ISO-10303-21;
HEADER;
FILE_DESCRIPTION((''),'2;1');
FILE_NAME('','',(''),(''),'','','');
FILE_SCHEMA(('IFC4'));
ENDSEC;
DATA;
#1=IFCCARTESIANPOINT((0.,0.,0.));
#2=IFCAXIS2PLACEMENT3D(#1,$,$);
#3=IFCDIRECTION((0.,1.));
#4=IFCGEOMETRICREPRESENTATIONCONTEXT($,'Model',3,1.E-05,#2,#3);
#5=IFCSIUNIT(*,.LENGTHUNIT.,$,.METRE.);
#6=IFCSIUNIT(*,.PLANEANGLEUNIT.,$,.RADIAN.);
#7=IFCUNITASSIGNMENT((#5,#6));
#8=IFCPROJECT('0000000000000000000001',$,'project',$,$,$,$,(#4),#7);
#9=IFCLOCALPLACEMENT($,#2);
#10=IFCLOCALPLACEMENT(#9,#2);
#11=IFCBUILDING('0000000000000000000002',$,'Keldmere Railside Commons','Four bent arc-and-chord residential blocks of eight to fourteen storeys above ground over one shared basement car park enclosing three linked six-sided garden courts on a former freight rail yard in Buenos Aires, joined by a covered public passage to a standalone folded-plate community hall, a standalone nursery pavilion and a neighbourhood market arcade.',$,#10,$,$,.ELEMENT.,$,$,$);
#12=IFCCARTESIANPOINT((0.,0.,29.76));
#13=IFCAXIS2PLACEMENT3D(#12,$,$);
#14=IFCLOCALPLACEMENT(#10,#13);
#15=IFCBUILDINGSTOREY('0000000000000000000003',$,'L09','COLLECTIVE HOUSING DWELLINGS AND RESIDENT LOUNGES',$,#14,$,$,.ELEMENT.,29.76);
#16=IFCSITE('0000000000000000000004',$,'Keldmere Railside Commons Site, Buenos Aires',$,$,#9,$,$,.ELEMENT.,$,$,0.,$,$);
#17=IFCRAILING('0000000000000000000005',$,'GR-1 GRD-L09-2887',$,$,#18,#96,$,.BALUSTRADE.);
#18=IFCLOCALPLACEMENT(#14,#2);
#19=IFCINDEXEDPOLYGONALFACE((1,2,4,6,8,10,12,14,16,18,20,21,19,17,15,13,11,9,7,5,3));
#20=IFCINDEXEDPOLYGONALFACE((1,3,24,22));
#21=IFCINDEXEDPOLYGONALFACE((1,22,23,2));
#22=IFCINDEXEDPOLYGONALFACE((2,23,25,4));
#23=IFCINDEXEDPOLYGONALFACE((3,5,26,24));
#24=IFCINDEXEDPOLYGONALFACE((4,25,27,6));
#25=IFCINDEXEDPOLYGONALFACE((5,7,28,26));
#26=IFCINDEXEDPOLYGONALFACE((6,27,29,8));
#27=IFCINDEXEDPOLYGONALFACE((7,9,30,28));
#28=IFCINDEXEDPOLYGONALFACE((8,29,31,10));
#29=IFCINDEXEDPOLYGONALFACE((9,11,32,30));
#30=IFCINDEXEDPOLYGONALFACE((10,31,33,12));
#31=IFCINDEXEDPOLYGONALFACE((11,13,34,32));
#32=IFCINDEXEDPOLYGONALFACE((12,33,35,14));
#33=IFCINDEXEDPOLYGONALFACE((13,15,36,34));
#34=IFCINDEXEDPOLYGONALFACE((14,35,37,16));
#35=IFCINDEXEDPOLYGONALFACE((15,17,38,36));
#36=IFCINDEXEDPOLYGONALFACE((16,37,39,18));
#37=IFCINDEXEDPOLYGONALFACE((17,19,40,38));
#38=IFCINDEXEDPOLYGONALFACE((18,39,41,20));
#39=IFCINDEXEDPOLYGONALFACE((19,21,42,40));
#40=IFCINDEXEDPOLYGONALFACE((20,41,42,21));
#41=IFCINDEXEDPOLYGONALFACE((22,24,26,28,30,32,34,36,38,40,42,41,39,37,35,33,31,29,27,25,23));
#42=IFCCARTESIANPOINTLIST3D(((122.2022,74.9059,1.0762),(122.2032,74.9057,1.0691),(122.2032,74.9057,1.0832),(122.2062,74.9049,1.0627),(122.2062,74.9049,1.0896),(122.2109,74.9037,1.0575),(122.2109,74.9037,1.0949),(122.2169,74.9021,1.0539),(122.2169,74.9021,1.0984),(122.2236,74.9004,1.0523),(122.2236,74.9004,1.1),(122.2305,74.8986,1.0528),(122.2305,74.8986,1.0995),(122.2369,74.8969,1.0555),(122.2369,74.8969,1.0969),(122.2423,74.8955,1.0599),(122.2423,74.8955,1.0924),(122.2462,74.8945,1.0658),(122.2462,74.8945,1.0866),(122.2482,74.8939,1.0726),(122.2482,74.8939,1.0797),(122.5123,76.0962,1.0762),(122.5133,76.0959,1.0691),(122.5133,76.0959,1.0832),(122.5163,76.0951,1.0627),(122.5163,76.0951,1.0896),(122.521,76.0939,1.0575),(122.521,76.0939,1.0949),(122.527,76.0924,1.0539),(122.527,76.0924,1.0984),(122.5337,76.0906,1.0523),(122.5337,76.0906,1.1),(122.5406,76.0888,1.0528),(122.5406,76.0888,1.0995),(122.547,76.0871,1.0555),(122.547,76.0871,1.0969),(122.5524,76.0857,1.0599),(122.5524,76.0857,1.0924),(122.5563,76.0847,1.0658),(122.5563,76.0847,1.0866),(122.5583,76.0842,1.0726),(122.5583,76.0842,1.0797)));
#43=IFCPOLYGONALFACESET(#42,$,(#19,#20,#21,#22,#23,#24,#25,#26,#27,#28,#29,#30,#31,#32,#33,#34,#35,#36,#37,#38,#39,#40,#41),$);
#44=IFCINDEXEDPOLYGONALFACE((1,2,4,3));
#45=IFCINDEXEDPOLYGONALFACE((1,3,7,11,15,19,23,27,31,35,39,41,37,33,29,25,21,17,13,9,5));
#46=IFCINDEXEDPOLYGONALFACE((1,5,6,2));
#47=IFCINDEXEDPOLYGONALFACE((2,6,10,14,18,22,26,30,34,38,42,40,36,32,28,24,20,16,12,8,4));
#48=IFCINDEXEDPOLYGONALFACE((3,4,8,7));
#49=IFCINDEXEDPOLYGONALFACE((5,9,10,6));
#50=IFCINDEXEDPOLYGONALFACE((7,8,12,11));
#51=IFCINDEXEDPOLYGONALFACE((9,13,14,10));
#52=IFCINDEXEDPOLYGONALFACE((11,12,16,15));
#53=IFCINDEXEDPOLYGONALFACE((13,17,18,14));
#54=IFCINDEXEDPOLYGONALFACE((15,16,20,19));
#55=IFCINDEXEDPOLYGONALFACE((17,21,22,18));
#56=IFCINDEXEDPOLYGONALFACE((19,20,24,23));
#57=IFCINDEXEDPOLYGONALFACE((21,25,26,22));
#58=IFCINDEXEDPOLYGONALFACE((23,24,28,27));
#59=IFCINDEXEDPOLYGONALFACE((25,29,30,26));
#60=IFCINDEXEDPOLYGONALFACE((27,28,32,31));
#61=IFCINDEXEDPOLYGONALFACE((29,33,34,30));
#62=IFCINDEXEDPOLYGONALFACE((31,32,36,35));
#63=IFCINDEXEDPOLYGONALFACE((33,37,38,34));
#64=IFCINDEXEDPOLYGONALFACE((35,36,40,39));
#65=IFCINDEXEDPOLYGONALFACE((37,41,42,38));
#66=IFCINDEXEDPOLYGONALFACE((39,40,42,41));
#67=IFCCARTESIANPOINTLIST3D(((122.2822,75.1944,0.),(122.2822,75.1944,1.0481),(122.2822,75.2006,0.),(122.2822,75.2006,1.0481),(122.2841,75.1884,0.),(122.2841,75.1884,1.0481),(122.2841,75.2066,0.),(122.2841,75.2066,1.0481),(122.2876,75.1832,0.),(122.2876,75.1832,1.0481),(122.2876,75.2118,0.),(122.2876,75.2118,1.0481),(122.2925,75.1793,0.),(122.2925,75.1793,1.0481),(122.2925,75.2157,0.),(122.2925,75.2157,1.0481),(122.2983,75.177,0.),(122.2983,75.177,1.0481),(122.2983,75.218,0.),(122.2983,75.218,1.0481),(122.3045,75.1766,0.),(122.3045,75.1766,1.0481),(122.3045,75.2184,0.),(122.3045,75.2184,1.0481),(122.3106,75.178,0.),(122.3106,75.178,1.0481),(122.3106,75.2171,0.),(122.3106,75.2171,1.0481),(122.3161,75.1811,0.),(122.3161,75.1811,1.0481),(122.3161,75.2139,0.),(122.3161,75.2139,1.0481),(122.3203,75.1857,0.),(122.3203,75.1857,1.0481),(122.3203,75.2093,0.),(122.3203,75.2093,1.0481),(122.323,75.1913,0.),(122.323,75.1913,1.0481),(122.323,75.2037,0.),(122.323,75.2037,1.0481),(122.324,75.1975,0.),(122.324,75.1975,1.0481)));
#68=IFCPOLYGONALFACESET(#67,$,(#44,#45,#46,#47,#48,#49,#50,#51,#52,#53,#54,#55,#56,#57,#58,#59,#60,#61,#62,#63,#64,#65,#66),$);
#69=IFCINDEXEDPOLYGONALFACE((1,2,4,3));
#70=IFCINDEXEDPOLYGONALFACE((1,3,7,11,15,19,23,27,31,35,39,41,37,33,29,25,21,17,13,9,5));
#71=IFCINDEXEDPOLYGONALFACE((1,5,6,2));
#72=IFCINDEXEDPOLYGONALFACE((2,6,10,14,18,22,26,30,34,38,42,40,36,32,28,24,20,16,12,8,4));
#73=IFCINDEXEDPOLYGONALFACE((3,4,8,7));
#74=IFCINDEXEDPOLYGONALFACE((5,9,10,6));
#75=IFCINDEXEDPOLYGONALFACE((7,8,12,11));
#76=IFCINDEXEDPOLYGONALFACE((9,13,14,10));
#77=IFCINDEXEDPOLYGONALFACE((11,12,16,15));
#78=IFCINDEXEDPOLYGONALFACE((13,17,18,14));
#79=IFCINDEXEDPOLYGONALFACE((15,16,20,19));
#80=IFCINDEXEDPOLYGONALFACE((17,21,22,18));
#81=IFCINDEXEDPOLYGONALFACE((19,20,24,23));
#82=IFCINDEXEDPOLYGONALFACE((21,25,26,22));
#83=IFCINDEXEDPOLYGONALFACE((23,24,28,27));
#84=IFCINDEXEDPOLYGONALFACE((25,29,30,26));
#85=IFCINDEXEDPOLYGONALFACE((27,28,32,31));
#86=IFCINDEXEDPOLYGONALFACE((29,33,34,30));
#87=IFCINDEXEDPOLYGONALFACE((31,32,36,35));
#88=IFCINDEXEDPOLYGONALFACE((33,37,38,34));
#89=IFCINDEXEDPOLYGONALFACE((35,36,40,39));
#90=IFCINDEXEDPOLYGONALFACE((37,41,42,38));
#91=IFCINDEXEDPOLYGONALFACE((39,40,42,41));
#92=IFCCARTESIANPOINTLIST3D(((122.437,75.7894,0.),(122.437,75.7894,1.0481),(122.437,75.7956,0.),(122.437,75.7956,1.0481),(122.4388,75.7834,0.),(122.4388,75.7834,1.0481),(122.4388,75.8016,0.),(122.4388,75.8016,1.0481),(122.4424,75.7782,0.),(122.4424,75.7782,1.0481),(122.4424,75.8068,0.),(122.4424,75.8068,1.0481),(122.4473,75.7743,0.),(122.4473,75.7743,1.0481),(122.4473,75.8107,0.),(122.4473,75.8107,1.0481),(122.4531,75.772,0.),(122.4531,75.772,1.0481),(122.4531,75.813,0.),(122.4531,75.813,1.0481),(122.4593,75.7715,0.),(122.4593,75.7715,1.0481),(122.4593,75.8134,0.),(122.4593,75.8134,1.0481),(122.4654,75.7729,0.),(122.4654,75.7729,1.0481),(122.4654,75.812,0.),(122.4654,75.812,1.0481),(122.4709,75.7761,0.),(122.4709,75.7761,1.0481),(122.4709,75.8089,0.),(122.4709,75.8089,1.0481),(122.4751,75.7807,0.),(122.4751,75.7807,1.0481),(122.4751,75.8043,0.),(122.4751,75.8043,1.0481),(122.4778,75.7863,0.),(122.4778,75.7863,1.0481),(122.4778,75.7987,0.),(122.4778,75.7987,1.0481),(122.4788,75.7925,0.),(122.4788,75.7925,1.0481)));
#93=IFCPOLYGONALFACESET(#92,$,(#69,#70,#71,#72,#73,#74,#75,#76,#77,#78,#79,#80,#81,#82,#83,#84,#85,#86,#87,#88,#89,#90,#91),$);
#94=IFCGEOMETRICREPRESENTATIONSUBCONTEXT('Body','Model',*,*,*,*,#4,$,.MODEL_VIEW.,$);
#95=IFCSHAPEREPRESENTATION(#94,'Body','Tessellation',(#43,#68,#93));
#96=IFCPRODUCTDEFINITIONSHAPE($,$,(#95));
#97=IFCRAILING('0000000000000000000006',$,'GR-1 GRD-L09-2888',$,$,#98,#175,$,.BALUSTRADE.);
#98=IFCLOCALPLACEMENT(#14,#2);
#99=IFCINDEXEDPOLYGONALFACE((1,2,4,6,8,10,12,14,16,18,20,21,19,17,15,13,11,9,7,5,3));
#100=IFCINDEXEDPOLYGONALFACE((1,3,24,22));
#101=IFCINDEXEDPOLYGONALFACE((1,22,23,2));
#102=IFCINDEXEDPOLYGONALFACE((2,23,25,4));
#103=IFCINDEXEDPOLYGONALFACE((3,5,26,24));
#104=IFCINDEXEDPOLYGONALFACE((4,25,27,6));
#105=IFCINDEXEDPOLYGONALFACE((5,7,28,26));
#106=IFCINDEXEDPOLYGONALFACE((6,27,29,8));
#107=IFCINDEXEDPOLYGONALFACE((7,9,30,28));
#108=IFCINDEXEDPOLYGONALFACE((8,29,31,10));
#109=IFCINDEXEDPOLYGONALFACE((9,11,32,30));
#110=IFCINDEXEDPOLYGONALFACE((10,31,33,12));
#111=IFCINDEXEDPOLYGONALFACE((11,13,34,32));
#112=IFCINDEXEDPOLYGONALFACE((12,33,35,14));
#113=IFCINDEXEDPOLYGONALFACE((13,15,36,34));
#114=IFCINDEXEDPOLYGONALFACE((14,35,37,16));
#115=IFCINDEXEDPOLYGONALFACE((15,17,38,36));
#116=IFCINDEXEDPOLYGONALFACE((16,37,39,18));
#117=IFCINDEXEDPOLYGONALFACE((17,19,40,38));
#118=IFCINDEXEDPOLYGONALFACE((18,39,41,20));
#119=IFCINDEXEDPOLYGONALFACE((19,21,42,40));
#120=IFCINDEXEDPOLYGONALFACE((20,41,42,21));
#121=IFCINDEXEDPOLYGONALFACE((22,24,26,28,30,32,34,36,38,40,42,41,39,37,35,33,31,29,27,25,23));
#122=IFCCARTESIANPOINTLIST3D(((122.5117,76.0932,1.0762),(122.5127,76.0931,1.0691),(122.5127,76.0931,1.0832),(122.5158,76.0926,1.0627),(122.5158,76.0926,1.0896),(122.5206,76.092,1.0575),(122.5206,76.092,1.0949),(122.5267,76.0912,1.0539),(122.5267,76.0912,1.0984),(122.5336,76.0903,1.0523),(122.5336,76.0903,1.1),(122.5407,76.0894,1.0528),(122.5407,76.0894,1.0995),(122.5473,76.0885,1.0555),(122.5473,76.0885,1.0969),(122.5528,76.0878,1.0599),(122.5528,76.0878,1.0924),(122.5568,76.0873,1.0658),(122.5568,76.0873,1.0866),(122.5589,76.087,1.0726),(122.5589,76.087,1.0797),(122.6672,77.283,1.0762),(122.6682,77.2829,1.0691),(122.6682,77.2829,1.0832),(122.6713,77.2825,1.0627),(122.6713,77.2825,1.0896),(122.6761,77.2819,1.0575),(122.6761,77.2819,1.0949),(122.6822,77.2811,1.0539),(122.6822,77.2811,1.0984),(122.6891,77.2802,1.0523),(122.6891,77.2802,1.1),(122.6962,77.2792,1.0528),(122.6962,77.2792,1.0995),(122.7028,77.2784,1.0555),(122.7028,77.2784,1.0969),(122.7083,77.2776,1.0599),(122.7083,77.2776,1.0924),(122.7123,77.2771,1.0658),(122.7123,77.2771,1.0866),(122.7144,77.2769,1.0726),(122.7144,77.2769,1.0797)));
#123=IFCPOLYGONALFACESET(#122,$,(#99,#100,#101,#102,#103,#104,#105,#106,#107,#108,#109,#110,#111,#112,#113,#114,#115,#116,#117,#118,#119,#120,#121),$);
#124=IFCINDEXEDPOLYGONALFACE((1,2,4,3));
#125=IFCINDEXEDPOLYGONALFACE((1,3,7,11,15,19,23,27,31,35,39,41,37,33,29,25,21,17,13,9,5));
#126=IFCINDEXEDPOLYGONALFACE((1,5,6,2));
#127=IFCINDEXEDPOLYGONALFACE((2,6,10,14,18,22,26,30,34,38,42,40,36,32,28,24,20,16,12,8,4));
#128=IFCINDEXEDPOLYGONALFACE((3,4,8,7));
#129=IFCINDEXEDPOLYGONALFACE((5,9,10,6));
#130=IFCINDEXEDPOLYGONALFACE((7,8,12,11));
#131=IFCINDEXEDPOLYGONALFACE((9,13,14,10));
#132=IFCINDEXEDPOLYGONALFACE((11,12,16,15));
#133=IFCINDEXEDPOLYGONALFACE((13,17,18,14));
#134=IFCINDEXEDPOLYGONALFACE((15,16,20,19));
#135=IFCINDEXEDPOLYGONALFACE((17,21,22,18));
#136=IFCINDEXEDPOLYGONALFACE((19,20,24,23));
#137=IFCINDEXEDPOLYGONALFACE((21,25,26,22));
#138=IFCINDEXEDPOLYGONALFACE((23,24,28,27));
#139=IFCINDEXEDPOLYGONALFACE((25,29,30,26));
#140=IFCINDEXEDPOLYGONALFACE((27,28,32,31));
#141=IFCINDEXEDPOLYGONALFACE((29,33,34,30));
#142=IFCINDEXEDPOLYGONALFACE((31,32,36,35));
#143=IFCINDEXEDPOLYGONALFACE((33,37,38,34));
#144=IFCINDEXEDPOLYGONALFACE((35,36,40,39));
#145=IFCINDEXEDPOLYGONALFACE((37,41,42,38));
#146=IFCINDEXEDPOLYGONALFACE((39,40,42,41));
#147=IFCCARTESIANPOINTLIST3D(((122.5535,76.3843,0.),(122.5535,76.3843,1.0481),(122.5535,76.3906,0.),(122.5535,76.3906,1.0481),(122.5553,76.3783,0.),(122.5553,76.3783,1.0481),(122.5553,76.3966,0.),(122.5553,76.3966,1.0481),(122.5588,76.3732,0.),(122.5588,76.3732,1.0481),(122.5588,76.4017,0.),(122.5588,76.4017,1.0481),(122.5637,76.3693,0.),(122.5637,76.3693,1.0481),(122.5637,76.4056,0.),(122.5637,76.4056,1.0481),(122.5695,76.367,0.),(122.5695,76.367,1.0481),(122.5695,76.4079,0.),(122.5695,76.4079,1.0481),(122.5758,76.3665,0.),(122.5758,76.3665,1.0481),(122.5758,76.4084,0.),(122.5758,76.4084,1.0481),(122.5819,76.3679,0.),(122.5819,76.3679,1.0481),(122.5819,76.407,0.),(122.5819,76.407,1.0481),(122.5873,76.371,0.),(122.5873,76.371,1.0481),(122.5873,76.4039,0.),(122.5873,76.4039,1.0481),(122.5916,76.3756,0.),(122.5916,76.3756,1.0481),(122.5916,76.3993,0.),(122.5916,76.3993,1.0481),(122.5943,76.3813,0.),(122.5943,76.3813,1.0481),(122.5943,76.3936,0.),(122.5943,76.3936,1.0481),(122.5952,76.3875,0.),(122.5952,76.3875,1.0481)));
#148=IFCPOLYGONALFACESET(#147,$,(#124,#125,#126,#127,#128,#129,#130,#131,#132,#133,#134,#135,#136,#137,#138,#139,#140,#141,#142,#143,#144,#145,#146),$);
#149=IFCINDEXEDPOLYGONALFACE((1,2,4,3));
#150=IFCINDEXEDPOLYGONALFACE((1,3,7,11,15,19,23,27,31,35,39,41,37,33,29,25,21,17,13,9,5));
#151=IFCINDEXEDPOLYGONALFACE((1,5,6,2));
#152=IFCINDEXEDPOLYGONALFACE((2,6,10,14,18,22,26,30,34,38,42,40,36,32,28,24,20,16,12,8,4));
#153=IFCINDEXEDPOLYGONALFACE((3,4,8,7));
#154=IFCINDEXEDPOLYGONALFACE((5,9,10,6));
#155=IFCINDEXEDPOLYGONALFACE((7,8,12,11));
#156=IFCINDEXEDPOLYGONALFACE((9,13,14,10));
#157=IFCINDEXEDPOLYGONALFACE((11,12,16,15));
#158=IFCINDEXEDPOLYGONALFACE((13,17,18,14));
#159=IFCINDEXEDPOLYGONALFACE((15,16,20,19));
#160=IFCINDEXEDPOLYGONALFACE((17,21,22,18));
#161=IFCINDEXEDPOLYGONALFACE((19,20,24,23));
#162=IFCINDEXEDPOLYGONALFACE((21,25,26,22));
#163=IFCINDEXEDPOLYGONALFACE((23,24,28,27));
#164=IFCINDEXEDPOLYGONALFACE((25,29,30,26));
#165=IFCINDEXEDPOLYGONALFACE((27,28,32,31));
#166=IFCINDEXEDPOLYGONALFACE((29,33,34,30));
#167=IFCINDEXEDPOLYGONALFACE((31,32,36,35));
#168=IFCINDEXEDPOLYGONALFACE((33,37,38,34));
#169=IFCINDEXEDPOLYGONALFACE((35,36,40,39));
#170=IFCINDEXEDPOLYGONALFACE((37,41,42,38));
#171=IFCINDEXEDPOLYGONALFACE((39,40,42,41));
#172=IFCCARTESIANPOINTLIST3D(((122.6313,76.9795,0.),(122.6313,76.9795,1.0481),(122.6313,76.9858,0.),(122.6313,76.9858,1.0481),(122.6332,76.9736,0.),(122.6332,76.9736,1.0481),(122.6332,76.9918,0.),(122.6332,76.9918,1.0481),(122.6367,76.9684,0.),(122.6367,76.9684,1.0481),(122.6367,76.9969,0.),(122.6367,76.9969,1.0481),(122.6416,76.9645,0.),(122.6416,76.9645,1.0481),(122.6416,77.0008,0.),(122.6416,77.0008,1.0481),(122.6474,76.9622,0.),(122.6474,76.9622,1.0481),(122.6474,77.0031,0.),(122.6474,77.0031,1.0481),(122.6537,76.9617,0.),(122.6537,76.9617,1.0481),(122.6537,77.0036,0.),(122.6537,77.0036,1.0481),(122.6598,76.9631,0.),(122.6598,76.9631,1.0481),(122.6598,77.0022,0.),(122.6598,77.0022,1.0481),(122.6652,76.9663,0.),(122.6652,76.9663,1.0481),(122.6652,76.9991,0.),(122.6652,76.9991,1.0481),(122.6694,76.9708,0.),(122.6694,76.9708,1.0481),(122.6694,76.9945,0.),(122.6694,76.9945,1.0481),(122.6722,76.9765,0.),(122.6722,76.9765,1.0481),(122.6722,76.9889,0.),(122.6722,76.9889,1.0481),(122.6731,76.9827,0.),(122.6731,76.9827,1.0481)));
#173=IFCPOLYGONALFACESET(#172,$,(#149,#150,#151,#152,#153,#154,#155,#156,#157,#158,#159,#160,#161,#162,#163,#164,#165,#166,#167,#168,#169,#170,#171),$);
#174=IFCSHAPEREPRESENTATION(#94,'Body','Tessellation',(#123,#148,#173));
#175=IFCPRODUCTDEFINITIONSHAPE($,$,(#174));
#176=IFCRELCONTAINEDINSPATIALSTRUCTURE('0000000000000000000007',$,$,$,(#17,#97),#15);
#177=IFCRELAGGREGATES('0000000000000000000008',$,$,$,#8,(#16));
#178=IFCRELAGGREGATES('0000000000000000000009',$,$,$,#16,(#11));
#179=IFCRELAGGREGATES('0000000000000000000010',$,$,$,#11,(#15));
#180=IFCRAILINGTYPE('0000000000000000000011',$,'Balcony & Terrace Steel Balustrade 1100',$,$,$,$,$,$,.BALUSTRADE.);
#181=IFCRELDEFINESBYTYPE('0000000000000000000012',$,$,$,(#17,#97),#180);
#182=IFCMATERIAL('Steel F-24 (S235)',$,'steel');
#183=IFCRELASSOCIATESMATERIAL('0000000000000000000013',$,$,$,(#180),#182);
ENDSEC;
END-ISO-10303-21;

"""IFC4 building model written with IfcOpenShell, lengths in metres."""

from ifc_helpers import new_model, si_unit, direction, frame, origin, origin_2d, place, context, subcontext, project, spatial, circle, extrude, material, type_object, element, save


model = new_model("IFC4")

# Units and contexts
model_context = context("Model", 3, precision=1e-05, world=origin(), true_north=direction((0.0, 1.0)))
body_context = subcontext(model_context, "Body", "Model", "MODEL_VIEW")
ifc_project = project(units=[si_unit("LENGTHUNIT", "METRE"), si_unit("PLANEANGLEUNIT", "RADIAN")], contexts=[model_context])

# Site, building, storey
site_placement = place(None, origin())
site = spatial("IfcSite", under=ifc_project, at=site_placement, Name="Keldmere Railside Commons Site, Buenos Aires", CompositionType="ELEMENT", RefElevation=0.0)
building_placement = place(site_placement, origin())
building = spatial("IfcBuilding", under=site, at=building_placement, Name="Keldmere Railside Commons", Description="Four bent arc-and-chord residential blocks of eight to fourteen storeys above ground over one shared basement car park enclosing three linked six-sided garden courts on a former freight rail yard in Buenos Aires, joined by a covered public passage to a standalone folded-plate community hall, a standalone nursery pavilion and a neighbourhood market arcade.", CompositionType="ELEMENT")
storey_placement = place(building_placement, frame((0.0, 0.0, 29.76)))
storey = spatial("IfcBuildingStorey", under=building, at=storey_placement, Name="L09", Description="COLLECTIVE HOUSING DWELLINGS AND RESIDENT LOUNGES", CompositionType="ELEMENT", Elevation=29.76)

# Railings
ifc_material_1 = material(Name="Steel F-24 (S235)", Category="steel")
railing_type = type_object("IfcRailingType", Name="Balcony & Terrace Steel Balustrade 1100", PredefinedType="BALUSTRADE", material=ifc_material_1)
railing_1_placement = place(storey_placement, frame((122.2253, 74.8999, 0.0)))
element("IfcRailing", 1, at=railing_1_placement, inside=storey, type_object=railing_type, Name="GR-1 GRD-L09-2887", PredefinedType="BALUSTRADE", context=body_context, shape_type="SweptSolid", body=[
    extrude(circle(Radius=0.0239, at=origin_2d()), frame((0.0, 0.0, 1.0762), z_axis=(0.252099, 0.967702, 0.0), x_axis=(-0.967702, 0.252099, 0.0)), (0.0, 0.0, 1.0), 1.23),
    extrude(circle(Radius=0.021, at=origin_2d()), frame((0.0776, 0.2976, 0.0)), (0.0, 0.0, 1.0), 1.0481),
    extrude(circle(Radius=0.021, at=origin_2d()), frame((0.2324, 0.8926, 0.0)), (0.0, 0.0, 1.0), 1.0481),
])
railing_2_placement = place(storey_placement, frame((122.5354, 76.0901, 0.0)))
element("IfcRailing", 2, at=railing_2_placement, inside=storey, type_object=railing_type, Name="GR-1 GRD-L09-2888", PredefinedType="BALUSTRADE", context=body_context, shape_type="SweptSolid", body=[
    extrude(circle(Radius=0.0239, at=origin_2d()), frame((0.0, 0.0, 1.0762), z_axis=(0.129591, 0.991567, 0.0), x_axis=(-0.991567, 0.129591, 0.0)), (0.0, 0.0, 1.0), 1.2),
    extrude(circle(Radius=0.021, at=origin_2d()), frame((0.0388, 0.2974, 0.0)), (0.0, 0.0, 1.0), 1.0481),
    extrude(circle(Radius=0.021, at=origin_2d()), frame((0.1167, 0.8926, 0.0)), (0.0, 0.0, 1.0), 1.0481),
])

save(model, "model.ifc")
